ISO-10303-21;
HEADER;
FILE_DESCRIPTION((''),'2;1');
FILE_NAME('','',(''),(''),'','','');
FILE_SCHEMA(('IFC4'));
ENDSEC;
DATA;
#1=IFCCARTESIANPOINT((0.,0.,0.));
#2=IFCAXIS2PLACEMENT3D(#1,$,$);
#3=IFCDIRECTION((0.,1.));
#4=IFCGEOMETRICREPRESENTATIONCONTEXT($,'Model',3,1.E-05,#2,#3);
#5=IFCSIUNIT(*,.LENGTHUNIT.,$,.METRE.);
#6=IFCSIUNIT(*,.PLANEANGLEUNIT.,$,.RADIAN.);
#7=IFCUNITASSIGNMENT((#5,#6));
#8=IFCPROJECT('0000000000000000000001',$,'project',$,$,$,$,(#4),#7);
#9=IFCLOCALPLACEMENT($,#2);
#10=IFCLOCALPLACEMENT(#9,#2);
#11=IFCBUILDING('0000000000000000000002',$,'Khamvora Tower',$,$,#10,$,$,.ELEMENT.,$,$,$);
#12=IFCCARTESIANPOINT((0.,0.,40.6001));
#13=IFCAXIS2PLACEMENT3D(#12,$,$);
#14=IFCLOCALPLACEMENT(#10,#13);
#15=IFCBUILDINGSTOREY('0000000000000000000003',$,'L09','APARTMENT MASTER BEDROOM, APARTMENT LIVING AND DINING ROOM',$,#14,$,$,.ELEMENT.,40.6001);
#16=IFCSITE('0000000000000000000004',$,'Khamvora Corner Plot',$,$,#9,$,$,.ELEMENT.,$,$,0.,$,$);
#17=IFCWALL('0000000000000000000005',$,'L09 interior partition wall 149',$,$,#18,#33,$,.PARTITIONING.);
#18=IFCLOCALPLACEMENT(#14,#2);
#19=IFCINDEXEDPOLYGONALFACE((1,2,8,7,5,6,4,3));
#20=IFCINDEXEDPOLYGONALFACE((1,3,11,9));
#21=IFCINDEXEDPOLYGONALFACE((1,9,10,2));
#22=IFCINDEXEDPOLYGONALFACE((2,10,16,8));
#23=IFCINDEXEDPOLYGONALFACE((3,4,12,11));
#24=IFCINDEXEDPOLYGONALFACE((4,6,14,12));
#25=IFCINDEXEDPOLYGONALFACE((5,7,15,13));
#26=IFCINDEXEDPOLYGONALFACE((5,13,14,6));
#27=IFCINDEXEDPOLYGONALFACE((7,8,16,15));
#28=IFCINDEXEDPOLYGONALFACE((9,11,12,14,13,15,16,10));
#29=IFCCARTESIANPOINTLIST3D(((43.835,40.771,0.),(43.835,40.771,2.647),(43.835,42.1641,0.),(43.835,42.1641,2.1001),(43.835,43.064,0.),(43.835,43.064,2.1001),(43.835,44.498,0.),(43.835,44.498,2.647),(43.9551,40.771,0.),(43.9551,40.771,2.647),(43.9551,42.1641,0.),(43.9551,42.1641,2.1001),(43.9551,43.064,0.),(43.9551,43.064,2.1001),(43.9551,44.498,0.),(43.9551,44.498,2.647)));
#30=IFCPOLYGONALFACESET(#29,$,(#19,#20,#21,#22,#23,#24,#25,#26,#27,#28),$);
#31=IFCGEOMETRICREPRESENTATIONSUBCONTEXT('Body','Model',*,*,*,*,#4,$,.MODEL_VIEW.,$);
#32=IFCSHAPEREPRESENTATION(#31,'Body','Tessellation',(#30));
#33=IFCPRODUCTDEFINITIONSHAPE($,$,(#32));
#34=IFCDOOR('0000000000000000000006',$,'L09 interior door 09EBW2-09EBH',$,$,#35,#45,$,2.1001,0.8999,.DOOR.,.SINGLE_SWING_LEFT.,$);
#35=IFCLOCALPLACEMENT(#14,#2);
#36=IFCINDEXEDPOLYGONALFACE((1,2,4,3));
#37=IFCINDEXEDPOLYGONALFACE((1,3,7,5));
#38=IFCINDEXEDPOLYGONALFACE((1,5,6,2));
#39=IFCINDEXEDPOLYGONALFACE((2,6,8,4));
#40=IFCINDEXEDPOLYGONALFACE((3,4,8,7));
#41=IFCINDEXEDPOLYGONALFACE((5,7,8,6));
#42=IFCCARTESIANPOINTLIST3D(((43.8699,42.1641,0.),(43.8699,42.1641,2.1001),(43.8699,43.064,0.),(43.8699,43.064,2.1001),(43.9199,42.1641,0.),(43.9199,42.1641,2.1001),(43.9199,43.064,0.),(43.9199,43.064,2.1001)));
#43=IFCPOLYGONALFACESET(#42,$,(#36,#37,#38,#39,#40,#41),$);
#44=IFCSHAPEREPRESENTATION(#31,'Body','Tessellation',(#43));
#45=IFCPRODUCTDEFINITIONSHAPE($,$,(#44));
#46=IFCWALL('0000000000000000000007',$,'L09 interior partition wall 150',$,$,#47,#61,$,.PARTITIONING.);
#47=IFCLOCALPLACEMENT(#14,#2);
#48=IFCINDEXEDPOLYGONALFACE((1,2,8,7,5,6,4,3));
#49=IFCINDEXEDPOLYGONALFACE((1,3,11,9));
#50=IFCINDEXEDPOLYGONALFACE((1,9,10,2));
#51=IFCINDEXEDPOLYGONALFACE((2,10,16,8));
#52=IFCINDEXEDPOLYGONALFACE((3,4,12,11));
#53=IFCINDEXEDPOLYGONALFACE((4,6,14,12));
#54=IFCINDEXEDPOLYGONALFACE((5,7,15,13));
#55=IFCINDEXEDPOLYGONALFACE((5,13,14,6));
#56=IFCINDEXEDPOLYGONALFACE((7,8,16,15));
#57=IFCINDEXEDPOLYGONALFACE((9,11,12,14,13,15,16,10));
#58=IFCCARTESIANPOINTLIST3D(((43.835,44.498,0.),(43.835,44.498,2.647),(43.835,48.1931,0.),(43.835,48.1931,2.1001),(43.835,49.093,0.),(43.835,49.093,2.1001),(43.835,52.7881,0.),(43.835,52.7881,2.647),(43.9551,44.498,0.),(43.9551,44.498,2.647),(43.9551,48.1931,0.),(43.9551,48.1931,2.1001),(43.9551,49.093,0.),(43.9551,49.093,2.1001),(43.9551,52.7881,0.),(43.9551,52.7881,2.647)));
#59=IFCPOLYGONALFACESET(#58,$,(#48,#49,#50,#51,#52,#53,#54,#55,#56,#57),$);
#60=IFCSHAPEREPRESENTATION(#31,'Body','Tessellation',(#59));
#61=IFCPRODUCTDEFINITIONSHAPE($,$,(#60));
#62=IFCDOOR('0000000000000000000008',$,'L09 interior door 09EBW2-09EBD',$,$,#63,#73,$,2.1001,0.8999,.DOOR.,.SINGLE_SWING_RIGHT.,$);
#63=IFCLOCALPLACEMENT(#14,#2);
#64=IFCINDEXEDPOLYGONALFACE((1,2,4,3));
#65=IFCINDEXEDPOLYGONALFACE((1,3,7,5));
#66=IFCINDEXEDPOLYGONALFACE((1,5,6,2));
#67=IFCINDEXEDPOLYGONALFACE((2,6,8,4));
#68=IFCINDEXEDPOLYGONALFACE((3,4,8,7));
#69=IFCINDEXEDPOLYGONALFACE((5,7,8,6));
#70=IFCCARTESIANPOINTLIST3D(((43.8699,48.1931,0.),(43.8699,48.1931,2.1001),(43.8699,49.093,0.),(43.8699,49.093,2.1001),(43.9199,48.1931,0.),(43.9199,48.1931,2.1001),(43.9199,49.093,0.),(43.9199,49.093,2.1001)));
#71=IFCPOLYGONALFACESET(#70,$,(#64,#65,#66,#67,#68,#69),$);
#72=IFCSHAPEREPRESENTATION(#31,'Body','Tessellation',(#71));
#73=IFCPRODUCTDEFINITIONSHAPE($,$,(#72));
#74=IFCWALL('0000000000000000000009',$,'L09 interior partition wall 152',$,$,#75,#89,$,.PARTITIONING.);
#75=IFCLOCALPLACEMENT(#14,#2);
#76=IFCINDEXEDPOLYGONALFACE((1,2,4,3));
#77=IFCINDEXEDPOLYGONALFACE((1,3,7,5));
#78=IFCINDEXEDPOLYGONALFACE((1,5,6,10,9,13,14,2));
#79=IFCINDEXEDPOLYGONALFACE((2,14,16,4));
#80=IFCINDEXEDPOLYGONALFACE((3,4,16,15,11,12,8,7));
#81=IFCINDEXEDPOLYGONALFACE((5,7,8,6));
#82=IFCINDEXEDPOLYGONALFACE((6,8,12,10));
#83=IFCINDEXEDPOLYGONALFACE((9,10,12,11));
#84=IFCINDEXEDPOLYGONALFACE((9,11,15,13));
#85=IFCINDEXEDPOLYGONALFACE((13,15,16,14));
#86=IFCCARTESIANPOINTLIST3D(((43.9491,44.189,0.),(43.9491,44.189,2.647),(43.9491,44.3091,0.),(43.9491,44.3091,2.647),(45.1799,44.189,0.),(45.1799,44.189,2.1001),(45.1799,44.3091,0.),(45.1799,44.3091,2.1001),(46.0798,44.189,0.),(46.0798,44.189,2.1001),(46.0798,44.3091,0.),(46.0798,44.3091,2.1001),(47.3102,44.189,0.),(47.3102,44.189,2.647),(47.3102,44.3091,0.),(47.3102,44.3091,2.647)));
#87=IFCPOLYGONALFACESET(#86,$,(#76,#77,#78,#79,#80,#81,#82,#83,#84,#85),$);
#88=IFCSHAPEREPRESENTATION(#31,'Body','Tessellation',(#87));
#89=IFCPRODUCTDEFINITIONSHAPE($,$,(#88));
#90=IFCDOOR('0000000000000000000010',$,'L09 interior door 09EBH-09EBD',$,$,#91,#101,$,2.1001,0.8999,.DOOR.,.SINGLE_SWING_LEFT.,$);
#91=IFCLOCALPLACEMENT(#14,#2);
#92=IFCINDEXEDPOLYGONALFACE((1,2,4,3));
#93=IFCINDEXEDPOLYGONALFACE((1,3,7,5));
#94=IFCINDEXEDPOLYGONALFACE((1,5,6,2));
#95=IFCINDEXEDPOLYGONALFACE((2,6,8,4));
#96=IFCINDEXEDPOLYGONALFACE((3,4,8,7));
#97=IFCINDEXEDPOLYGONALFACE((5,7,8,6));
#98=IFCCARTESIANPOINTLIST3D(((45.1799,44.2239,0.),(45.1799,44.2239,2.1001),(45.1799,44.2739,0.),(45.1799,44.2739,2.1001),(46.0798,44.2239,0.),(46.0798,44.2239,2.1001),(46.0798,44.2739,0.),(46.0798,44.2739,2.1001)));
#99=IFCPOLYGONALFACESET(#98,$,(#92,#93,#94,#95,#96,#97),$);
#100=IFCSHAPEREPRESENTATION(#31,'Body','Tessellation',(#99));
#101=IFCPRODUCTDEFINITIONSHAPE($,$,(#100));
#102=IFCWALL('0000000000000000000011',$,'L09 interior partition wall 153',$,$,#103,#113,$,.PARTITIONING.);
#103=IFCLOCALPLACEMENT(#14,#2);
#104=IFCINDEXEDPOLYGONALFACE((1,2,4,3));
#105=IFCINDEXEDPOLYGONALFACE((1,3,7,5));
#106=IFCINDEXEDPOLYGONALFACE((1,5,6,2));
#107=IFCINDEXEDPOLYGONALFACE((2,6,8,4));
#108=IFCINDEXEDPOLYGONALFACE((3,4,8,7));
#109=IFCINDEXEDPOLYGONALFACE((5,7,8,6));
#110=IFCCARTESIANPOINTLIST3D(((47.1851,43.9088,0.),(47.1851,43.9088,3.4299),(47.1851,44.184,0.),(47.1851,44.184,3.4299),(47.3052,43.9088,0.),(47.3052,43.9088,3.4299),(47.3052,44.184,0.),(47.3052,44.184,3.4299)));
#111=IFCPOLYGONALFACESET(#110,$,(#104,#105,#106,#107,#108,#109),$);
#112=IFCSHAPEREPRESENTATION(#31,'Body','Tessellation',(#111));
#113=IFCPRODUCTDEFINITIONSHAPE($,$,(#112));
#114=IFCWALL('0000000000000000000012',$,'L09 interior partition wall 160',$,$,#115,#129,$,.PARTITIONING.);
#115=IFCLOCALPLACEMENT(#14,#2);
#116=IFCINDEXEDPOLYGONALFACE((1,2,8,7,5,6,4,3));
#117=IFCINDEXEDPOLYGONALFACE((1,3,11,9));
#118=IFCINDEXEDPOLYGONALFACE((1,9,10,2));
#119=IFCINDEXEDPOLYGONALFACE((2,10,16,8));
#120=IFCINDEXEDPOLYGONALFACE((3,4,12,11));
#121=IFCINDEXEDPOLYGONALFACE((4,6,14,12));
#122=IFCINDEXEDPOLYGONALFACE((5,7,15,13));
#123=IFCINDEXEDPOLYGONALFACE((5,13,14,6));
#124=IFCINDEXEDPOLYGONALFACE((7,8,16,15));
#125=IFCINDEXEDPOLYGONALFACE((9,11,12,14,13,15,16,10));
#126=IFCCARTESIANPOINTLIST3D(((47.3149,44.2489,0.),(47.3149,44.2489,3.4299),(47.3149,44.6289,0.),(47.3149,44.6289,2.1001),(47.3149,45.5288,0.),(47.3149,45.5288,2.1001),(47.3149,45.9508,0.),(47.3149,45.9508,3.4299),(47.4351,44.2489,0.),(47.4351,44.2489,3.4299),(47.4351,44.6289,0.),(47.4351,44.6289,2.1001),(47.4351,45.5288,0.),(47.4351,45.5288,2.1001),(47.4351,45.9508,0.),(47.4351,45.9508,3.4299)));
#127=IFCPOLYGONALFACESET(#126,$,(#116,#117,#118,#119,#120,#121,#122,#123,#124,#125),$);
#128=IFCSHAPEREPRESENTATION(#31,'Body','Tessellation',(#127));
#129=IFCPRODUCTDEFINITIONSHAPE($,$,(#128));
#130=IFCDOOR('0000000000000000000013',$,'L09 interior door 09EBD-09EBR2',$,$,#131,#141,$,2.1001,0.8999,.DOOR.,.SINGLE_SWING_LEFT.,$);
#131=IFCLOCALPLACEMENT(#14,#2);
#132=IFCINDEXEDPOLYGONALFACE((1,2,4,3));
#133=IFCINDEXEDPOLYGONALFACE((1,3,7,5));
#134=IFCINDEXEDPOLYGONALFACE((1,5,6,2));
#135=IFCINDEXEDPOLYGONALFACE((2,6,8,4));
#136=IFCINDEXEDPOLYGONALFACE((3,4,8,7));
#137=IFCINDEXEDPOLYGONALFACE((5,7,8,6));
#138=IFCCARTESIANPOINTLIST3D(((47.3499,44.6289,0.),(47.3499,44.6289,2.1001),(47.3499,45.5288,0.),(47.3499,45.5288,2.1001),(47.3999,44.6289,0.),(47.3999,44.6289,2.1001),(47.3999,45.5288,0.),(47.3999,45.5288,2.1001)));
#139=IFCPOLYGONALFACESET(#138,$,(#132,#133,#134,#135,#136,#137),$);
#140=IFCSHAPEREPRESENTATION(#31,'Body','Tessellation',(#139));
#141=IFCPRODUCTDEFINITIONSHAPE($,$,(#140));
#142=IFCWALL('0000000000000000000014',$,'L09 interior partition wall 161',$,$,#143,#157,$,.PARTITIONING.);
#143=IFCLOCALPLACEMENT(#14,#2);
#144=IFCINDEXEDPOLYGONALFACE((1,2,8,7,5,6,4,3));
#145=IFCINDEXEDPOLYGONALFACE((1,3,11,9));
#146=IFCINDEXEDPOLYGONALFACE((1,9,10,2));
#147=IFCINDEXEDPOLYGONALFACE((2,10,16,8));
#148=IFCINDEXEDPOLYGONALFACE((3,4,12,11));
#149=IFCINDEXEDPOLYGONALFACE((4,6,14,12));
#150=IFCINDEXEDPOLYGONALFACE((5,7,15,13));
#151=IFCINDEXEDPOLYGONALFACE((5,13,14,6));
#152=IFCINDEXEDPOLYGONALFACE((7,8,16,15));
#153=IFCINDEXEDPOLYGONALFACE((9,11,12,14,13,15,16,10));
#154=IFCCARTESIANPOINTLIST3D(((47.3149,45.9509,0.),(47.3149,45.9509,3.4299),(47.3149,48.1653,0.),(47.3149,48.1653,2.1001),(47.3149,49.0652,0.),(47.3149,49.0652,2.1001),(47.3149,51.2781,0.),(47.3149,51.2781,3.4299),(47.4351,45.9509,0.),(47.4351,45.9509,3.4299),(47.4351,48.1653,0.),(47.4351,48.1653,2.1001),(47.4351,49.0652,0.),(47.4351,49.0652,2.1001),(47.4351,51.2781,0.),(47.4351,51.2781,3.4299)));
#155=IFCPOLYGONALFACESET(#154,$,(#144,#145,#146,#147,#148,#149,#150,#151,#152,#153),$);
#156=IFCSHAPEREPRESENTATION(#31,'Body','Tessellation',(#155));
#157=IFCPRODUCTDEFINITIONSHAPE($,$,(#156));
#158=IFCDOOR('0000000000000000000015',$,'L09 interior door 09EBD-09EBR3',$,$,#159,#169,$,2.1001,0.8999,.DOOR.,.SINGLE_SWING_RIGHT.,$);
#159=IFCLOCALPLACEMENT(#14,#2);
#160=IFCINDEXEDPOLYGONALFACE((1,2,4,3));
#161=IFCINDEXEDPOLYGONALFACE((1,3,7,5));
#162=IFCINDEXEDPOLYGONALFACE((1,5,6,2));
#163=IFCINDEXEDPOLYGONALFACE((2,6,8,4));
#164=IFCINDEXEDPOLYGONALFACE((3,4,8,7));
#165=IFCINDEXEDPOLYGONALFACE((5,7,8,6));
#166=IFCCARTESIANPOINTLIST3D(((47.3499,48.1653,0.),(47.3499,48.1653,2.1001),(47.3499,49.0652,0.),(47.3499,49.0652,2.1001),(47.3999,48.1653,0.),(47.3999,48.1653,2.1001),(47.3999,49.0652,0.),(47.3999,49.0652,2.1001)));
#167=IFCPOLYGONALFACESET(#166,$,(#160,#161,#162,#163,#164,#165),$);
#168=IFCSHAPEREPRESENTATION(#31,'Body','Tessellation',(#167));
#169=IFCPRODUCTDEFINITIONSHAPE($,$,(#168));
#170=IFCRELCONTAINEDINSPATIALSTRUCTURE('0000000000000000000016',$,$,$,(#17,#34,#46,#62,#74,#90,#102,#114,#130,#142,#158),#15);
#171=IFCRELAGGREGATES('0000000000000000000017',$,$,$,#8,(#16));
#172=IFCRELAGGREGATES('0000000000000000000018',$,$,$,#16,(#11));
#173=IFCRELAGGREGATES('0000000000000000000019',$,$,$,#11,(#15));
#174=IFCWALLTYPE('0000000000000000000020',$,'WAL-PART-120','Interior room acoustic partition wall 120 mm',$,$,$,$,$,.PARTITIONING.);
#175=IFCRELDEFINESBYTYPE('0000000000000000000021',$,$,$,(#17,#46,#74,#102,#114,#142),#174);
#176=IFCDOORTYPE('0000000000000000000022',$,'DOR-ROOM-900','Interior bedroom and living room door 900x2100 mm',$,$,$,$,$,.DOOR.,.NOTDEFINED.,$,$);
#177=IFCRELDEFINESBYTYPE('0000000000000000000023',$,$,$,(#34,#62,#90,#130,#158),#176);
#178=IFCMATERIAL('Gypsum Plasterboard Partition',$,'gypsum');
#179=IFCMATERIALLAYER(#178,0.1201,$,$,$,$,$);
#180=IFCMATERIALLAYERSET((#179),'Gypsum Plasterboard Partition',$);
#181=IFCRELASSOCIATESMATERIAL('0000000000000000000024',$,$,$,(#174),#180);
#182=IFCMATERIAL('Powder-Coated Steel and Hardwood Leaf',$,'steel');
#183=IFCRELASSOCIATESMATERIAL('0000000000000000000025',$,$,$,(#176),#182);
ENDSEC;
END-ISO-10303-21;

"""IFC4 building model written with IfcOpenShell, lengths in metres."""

from ifc_helpers import new_model, si_unit, direction, frame, frame_2d, origin, place, context, subcontext, project, spatial, rectangle, extrude, material, layer, layer_set, type_object, element, fill, save


model = new_model("IFC4")

# Units and contexts
model_context = context("Model", 3, precision=1e-05, world=origin(), true_north=direction((0.0, 1.0)))
body_context = subcontext(model_context, "Body", "Model", "MODEL_VIEW")
ifc_project = project(units=[si_unit("LENGTHUNIT", "METRE"), si_unit("PLANEANGLEUNIT", "RADIAN")], contexts=[model_context])

# Site, building, storey
site_placement = place(None, origin())
site = spatial("IfcSite", under=ifc_project, at=site_placement, Name="Khamvora Corner Plot", CompositionType="ELEMENT", RefElevation=0.0)
building_placement = place(site_placement, origin())
building = spatial("IfcBuilding", under=site, at=building_placement, Name="Khamvora Tower", CompositionType="ELEMENT")
storey_placement = place(building_placement, frame((0.0, 0.0, 40.6001)))
storey = spatial("IfcBuildingStorey", under=building, at=storey_placement, Name="L09", Description="APARTMENT MASTER BEDROOM, APARTMENT LIVING AND DINING ROOM", CompositionType="ELEMENT", Elevation=40.6001)

# Walls, openings, doors
ifc_material_1 = material(Name="Gypsum Plasterboard Partition", Category="gypsum")
ifc_layer_1 = layer(ifc_material_1, 0.1201)
ifc_layer_set_1 = layer_set([ifc_layer_1], Name="Gypsum Plasterboard Partition")
wall_type_1 = type_object("IfcWallType", Name="WAL-PART-120", Description="Interior room acoustic partition wall 120 mm", PredefinedType="PARTITIONING", material=ifc_layer_set_1)
wall_1_placement = place(storey_placement, frame((43.895, 44.498, 0.0), z_axis=(0.0, 0.0, 1.0), x_axis=(0.0, -1.0, 0.0)))
wall_1 = element("IfcWall", 1, at=wall_1_placement, inside=storey, type_object=wall_type_1, Name="L09 interior partition wall 149", PredefinedType="PARTITIONING", context=body_context, shape_type="SweptSolid", body=[
    extrude(rectangle(XDim=3.7271, YDim=0.1201, at=frame_2d((1.8635, 0.0))), origin(), (0.0, 0.0, 1.0), 2.647),
])
opening_1_placement = place(wall_1_placement, frame((1.4341, 0.0, 0.0)))
opening_1 = element("IfcOpeningElement", 2, at=opening_1_placement, cuts=wall_1, PredefinedType="OPENING", context=body_context, shape_type="SweptSolid", body=[
    extrude(rectangle(XDim=0.8999, YDim=2.1001, at=frame_2d((0.45, 1.05))), frame((0.0, 0.0701, 0.0), z_axis=(0.0, -1.0, 0.0), x_axis=(1.0, 0.0, 0.0)), (0.0, 0.0, 1.0), 0.1401),
])
ifc_material_2 = material(Name="Powder-Coated Steel and Hardwood Leaf", Category="steel")
door_type = type_object("IfcDoorType", Name="DOR-ROOM-900", Description="Interior bedroom and living room door 900x2100 mm", OperationType="NOTDEFINED", PredefinedType="DOOR", material=ifc_material_2)
door_1_placement = place(opening_1_placement, origin())
door_1 = element("IfcDoor", 3, at=door_1_placement, inside=storey, type_object=door_type, Name="L09 interior door 09EBW2-09EBH", OperationType="SINGLE_SWING_LEFT", OverallHeight=2.1001, OverallWidth=0.8999, PredefinedType="DOOR", context=body_context, shape_type="SweptSolid", body=[
    extrude(rectangle(XDim=0.8999, YDim=2.1001, at=frame_2d((0.45, 1.05))), frame((0.0, 0.0249, 0.0), z_axis=(0.0, -1.0, 0.0), x_axis=(1.0, 0.0, 0.0)), (0.0, 0.0, 1.0), 0.05),
])
fill(opening_1, door_1)
wall_2_placement = place(storey_placement, frame((43.895, 52.7881, 0.0), z_axis=(0.0, 0.0, 1.0), x_axis=(0.0, -1.0, 0.0)))
wall_2 = element("IfcWall", 4, at=wall_2_placement, inside=storey, type_object=wall_type_1, Name="L09 interior partition wall 150", PredefinedType="PARTITIONING", context=body_context, shape_type="SweptSolid", body=[
    extrude(rectangle(XDim=8.29, YDim=0.1201, at=frame_2d((4.145, 0.0))), origin(), (0.0, 0.0, 1.0), 2.647),
])
opening_2_placement = place(wall_2_placement, frame((3.6951, 0.0, 0.0)))
opening_2 = element("IfcOpeningElement", 5, at=opening_2_placement, cuts=wall_2, PredefinedType="OPENING", context=body_context, shape_type="SweptSolid", body=[
    extrude(rectangle(XDim=0.8999, YDim=2.1001, at=frame_2d((0.45, 1.05))), frame((0.0, 0.0701, 0.0), z_axis=(0.0, -1.0, 0.0), x_axis=(1.0, 0.0, 0.0)), (0.0, 0.0, 1.0), 0.1401),
])
door_2_placement = place(opening_2_placement, origin())
door_2 = element("IfcDoor", 6, at=door_2_placement, inside=storey, type_object=door_type, Name="L09 interior door 09EBW2-09EBD", OperationType="SINGLE_SWING_RIGHT", OverallHeight=2.1001, OverallWidth=0.8999, PredefinedType="DOOR", context=body_context, shape_type="SweptSolid", body=[
    extrude(rectangle(XDim=0.8999, YDim=2.1001, at=frame_2d((0.45, 1.05))), frame((0.0, 0.0249, 0.0), z_axis=(0.0, -1.0, 0.0), x_axis=(1.0, 0.0, 0.0)), (0.0, 0.0, 1.0), 0.05),
])
fill(opening_2, door_2)
wall_3_placement = place(storey_placement, frame((43.949, 44.249, 0.0), z_axis=(0.0, 0.0, 1.0), x_axis=(1.0, 0.0, 0.0)))
wall_3 = element("IfcWall", 7, at=wall_3_placement, inside=storey, type_object=wall_type_1, Name="L09 interior partition wall 152", PredefinedType="PARTITIONING", context=body_context, shape_type="SweptSolid", body=[
    extrude(rectangle(XDim=3.3611, YDim=0.1201, at=frame_2d((1.6807, 0.0))), origin(), (0.0, 0.0, 1.0), 2.647),
])
opening_3_placement = place(wall_3_placement, frame((1.231, 0.0, 0.0)))
opening_3 = element("IfcOpeningElement", 8, at=opening_3_placement, cuts=wall_3, PredefinedType="OPENING", context=body_context, shape_type="SweptSolid", body=[
    extrude(rectangle(XDim=0.8999, YDim=2.1001, at=frame_2d((0.45, 1.05))), frame((0.0, 0.0701, 0.0), z_axis=(0.0, -1.0, 0.0), x_axis=(1.0, 0.0, 0.0)), (0.0, 0.0, 1.0), 0.1401),
])
door_3_placement = place(opening_3_placement, origin())
door_3 = element("IfcDoor", 9, at=door_3_placement, inside=storey, type_object=door_type, Name="L09 interior door 09EBH-09EBD", OperationType="SINGLE_SWING_LEFT", OverallHeight=2.1001, OverallWidth=0.8999, PredefinedType="DOOR", context=body_context, shape_type="SweptSolid", body=[
    extrude(rectangle(XDim=0.8999, YDim=2.1001, at=frame_2d((0.45, 1.05))), frame((0.0, 0.0249, 0.0), z_axis=(0.0, -1.0, 0.0), x_axis=(1.0, 0.0, 0.0)), (0.0, 0.0, 1.0), 0.05),
])
fill(opening_3, door_3)

# Wall
wall_4_placement = place(storey_placement, frame((47.2451, 44.1841, 0.0), z_axis=(0.0, 0.0, 1.0), x_axis=(0.0, -1.0, 0.0)))
element("IfcWall", 10, at=wall_4_placement, inside=storey, type_object=wall_type_1, Name="L09 interior partition wall 153", PredefinedType="PARTITIONING", context=body_context, shape_type="SweptSolid", body=[
    extrude(rectangle(XDim=0.2751, YDim=0.1201, at=frame_2d((0.1377, 0.0))), origin(), (0.0, 0.0, 1.0), 3.4299),
])

# Walls, openings, doors
wall_5_placement = place(storey_placement, frame((47.375, 45.9509, 0.0), z_axis=(0.0, 0.0, 1.0), x_axis=(0.0, -1.0, 0.0)))
wall_5 = element("IfcWall", 11, at=wall_5_placement, inside=storey, type_object=wall_type_1, Name="L09 interior partition wall 160", PredefinedType="PARTITIONING", context=body_context, shape_type="SweptSolid", body=[
    extrude(rectangle(XDim=1.7019, YDim=0.1201, at=frame_2d((0.8511, 0.0))), origin(), (0.0, 0.0, 1.0), 3.4299),
])
opening_4_placement = place(wall_5_placement, frame((0.4221, 0.0, 0.0)))
opening_4 = element("IfcOpeningElement", 12, at=opening_4_placement, cuts=wall_5, PredefinedType="OPENING", context=body_context, shape_type="SweptSolid", body=[
    extrude(rectangle(XDim=0.8999, YDim=2.1001, at=frame_2d((0.45, 1.05))), frame((0.0, 0.0701, 0.0), z_axis=(0.0, -1.0, 0.0), x_axis=(1.0, 0.0, 0.0)), (0.0, 0.0, 1.0), 0.1401),
])
door_4_placement = place(opening_4_placement, origin())
door_4 = element("IfcDoor", 13, at=door_4_placement, inside=storey, type_object=door_type, Name="L09 interior door 09EBD-09EBR2", OperationType="SINGLE_SWING_LEFT", OverallHeight=2.1001, OverallWidth=0.8999, PredefinedType="DOOR", context=body_context, shape_type="SweptSolid", body=[
    extrude(rectangle(XDim=0.8999, YDim=2.1001, at=frame_2d((0.45, 1.05))), frame((0.0, 0.0249, 0.0), z_axis=(0.0, -1.0, 0.0), x_axis=(1.0, 0.0, 0.0)), (0.0, 0.0, 1.0), 0.05),
])
fill(opening_4, door_4)
wall_6_placement = place(storey_placement, frame((47.375, 51.2781, 0.0), z_axis=(0.0, 0.0, 1.0), x_axis=(0.0, -1.0, 0.0)))
wall_6 = element("IfcWall", 14, at=wall_6_placement, inside=storey, type_object=wall_type_1, Name="L09 interior partition wall 161", PredefinedType="PARTITIONING", context=body_context, shape_type="SweptSolid", body=[
    extrude(rectangle(XDim=5.3271, YDim=0.1201, at=frame_2d((2.6636, 0.0))), origin(), (0.0, 0.0, 1.0), 3.4299),
])
opening_5_placement = place(wall_6_placement, frame((2.2129, 0.0, 0.0)))
opening_5 = element("IfcOpeningElement", 15, at=opening_5_placement, cuts=wall_6, PredefinedType="OPENING", context=body_context, shape_type="SweptSolid", body=[
    extrude(rectangle(XDim=0.8999, YDim=2.1001, at=frame_2d((0.45, 1.05))), frame((0.0, 0.0701, 0.0), z_axis=(0.0, -1.0, 0.0), x_axis=(1.0, 0.0, 0.0)), (0.0, 0.0, 1.0), 0.1401),
])
door_5_placement = place(opening_5_placement, origin())
door_5 = element("IfcDoor", 16, at=door_5_placement, inside=storey, type_object=door_type, Name="L09 interior door 09EBD-09EBR3", OperationType="SINGLE_SWING_RIGHT", OverallHeight=2.1001, OverallWidth=0.8999, PredefinedType="DOOR", context=body_context, shape_type="SweptSolid", body=[
    extrude(rectangle(XDim=0.8999, YDim=2.1001, at=frame_2d((0.45, 1.05))), frame((0.0, 0.0249, 0.0), z_axis=(0.0, -1.0, 0.0), x_axis=(1.0, 0.0, 0.0)), (0.0, 0.0, 1.0), 0.05),
])
fill(opening_5, door_5)

save(model, "model.ifc")
